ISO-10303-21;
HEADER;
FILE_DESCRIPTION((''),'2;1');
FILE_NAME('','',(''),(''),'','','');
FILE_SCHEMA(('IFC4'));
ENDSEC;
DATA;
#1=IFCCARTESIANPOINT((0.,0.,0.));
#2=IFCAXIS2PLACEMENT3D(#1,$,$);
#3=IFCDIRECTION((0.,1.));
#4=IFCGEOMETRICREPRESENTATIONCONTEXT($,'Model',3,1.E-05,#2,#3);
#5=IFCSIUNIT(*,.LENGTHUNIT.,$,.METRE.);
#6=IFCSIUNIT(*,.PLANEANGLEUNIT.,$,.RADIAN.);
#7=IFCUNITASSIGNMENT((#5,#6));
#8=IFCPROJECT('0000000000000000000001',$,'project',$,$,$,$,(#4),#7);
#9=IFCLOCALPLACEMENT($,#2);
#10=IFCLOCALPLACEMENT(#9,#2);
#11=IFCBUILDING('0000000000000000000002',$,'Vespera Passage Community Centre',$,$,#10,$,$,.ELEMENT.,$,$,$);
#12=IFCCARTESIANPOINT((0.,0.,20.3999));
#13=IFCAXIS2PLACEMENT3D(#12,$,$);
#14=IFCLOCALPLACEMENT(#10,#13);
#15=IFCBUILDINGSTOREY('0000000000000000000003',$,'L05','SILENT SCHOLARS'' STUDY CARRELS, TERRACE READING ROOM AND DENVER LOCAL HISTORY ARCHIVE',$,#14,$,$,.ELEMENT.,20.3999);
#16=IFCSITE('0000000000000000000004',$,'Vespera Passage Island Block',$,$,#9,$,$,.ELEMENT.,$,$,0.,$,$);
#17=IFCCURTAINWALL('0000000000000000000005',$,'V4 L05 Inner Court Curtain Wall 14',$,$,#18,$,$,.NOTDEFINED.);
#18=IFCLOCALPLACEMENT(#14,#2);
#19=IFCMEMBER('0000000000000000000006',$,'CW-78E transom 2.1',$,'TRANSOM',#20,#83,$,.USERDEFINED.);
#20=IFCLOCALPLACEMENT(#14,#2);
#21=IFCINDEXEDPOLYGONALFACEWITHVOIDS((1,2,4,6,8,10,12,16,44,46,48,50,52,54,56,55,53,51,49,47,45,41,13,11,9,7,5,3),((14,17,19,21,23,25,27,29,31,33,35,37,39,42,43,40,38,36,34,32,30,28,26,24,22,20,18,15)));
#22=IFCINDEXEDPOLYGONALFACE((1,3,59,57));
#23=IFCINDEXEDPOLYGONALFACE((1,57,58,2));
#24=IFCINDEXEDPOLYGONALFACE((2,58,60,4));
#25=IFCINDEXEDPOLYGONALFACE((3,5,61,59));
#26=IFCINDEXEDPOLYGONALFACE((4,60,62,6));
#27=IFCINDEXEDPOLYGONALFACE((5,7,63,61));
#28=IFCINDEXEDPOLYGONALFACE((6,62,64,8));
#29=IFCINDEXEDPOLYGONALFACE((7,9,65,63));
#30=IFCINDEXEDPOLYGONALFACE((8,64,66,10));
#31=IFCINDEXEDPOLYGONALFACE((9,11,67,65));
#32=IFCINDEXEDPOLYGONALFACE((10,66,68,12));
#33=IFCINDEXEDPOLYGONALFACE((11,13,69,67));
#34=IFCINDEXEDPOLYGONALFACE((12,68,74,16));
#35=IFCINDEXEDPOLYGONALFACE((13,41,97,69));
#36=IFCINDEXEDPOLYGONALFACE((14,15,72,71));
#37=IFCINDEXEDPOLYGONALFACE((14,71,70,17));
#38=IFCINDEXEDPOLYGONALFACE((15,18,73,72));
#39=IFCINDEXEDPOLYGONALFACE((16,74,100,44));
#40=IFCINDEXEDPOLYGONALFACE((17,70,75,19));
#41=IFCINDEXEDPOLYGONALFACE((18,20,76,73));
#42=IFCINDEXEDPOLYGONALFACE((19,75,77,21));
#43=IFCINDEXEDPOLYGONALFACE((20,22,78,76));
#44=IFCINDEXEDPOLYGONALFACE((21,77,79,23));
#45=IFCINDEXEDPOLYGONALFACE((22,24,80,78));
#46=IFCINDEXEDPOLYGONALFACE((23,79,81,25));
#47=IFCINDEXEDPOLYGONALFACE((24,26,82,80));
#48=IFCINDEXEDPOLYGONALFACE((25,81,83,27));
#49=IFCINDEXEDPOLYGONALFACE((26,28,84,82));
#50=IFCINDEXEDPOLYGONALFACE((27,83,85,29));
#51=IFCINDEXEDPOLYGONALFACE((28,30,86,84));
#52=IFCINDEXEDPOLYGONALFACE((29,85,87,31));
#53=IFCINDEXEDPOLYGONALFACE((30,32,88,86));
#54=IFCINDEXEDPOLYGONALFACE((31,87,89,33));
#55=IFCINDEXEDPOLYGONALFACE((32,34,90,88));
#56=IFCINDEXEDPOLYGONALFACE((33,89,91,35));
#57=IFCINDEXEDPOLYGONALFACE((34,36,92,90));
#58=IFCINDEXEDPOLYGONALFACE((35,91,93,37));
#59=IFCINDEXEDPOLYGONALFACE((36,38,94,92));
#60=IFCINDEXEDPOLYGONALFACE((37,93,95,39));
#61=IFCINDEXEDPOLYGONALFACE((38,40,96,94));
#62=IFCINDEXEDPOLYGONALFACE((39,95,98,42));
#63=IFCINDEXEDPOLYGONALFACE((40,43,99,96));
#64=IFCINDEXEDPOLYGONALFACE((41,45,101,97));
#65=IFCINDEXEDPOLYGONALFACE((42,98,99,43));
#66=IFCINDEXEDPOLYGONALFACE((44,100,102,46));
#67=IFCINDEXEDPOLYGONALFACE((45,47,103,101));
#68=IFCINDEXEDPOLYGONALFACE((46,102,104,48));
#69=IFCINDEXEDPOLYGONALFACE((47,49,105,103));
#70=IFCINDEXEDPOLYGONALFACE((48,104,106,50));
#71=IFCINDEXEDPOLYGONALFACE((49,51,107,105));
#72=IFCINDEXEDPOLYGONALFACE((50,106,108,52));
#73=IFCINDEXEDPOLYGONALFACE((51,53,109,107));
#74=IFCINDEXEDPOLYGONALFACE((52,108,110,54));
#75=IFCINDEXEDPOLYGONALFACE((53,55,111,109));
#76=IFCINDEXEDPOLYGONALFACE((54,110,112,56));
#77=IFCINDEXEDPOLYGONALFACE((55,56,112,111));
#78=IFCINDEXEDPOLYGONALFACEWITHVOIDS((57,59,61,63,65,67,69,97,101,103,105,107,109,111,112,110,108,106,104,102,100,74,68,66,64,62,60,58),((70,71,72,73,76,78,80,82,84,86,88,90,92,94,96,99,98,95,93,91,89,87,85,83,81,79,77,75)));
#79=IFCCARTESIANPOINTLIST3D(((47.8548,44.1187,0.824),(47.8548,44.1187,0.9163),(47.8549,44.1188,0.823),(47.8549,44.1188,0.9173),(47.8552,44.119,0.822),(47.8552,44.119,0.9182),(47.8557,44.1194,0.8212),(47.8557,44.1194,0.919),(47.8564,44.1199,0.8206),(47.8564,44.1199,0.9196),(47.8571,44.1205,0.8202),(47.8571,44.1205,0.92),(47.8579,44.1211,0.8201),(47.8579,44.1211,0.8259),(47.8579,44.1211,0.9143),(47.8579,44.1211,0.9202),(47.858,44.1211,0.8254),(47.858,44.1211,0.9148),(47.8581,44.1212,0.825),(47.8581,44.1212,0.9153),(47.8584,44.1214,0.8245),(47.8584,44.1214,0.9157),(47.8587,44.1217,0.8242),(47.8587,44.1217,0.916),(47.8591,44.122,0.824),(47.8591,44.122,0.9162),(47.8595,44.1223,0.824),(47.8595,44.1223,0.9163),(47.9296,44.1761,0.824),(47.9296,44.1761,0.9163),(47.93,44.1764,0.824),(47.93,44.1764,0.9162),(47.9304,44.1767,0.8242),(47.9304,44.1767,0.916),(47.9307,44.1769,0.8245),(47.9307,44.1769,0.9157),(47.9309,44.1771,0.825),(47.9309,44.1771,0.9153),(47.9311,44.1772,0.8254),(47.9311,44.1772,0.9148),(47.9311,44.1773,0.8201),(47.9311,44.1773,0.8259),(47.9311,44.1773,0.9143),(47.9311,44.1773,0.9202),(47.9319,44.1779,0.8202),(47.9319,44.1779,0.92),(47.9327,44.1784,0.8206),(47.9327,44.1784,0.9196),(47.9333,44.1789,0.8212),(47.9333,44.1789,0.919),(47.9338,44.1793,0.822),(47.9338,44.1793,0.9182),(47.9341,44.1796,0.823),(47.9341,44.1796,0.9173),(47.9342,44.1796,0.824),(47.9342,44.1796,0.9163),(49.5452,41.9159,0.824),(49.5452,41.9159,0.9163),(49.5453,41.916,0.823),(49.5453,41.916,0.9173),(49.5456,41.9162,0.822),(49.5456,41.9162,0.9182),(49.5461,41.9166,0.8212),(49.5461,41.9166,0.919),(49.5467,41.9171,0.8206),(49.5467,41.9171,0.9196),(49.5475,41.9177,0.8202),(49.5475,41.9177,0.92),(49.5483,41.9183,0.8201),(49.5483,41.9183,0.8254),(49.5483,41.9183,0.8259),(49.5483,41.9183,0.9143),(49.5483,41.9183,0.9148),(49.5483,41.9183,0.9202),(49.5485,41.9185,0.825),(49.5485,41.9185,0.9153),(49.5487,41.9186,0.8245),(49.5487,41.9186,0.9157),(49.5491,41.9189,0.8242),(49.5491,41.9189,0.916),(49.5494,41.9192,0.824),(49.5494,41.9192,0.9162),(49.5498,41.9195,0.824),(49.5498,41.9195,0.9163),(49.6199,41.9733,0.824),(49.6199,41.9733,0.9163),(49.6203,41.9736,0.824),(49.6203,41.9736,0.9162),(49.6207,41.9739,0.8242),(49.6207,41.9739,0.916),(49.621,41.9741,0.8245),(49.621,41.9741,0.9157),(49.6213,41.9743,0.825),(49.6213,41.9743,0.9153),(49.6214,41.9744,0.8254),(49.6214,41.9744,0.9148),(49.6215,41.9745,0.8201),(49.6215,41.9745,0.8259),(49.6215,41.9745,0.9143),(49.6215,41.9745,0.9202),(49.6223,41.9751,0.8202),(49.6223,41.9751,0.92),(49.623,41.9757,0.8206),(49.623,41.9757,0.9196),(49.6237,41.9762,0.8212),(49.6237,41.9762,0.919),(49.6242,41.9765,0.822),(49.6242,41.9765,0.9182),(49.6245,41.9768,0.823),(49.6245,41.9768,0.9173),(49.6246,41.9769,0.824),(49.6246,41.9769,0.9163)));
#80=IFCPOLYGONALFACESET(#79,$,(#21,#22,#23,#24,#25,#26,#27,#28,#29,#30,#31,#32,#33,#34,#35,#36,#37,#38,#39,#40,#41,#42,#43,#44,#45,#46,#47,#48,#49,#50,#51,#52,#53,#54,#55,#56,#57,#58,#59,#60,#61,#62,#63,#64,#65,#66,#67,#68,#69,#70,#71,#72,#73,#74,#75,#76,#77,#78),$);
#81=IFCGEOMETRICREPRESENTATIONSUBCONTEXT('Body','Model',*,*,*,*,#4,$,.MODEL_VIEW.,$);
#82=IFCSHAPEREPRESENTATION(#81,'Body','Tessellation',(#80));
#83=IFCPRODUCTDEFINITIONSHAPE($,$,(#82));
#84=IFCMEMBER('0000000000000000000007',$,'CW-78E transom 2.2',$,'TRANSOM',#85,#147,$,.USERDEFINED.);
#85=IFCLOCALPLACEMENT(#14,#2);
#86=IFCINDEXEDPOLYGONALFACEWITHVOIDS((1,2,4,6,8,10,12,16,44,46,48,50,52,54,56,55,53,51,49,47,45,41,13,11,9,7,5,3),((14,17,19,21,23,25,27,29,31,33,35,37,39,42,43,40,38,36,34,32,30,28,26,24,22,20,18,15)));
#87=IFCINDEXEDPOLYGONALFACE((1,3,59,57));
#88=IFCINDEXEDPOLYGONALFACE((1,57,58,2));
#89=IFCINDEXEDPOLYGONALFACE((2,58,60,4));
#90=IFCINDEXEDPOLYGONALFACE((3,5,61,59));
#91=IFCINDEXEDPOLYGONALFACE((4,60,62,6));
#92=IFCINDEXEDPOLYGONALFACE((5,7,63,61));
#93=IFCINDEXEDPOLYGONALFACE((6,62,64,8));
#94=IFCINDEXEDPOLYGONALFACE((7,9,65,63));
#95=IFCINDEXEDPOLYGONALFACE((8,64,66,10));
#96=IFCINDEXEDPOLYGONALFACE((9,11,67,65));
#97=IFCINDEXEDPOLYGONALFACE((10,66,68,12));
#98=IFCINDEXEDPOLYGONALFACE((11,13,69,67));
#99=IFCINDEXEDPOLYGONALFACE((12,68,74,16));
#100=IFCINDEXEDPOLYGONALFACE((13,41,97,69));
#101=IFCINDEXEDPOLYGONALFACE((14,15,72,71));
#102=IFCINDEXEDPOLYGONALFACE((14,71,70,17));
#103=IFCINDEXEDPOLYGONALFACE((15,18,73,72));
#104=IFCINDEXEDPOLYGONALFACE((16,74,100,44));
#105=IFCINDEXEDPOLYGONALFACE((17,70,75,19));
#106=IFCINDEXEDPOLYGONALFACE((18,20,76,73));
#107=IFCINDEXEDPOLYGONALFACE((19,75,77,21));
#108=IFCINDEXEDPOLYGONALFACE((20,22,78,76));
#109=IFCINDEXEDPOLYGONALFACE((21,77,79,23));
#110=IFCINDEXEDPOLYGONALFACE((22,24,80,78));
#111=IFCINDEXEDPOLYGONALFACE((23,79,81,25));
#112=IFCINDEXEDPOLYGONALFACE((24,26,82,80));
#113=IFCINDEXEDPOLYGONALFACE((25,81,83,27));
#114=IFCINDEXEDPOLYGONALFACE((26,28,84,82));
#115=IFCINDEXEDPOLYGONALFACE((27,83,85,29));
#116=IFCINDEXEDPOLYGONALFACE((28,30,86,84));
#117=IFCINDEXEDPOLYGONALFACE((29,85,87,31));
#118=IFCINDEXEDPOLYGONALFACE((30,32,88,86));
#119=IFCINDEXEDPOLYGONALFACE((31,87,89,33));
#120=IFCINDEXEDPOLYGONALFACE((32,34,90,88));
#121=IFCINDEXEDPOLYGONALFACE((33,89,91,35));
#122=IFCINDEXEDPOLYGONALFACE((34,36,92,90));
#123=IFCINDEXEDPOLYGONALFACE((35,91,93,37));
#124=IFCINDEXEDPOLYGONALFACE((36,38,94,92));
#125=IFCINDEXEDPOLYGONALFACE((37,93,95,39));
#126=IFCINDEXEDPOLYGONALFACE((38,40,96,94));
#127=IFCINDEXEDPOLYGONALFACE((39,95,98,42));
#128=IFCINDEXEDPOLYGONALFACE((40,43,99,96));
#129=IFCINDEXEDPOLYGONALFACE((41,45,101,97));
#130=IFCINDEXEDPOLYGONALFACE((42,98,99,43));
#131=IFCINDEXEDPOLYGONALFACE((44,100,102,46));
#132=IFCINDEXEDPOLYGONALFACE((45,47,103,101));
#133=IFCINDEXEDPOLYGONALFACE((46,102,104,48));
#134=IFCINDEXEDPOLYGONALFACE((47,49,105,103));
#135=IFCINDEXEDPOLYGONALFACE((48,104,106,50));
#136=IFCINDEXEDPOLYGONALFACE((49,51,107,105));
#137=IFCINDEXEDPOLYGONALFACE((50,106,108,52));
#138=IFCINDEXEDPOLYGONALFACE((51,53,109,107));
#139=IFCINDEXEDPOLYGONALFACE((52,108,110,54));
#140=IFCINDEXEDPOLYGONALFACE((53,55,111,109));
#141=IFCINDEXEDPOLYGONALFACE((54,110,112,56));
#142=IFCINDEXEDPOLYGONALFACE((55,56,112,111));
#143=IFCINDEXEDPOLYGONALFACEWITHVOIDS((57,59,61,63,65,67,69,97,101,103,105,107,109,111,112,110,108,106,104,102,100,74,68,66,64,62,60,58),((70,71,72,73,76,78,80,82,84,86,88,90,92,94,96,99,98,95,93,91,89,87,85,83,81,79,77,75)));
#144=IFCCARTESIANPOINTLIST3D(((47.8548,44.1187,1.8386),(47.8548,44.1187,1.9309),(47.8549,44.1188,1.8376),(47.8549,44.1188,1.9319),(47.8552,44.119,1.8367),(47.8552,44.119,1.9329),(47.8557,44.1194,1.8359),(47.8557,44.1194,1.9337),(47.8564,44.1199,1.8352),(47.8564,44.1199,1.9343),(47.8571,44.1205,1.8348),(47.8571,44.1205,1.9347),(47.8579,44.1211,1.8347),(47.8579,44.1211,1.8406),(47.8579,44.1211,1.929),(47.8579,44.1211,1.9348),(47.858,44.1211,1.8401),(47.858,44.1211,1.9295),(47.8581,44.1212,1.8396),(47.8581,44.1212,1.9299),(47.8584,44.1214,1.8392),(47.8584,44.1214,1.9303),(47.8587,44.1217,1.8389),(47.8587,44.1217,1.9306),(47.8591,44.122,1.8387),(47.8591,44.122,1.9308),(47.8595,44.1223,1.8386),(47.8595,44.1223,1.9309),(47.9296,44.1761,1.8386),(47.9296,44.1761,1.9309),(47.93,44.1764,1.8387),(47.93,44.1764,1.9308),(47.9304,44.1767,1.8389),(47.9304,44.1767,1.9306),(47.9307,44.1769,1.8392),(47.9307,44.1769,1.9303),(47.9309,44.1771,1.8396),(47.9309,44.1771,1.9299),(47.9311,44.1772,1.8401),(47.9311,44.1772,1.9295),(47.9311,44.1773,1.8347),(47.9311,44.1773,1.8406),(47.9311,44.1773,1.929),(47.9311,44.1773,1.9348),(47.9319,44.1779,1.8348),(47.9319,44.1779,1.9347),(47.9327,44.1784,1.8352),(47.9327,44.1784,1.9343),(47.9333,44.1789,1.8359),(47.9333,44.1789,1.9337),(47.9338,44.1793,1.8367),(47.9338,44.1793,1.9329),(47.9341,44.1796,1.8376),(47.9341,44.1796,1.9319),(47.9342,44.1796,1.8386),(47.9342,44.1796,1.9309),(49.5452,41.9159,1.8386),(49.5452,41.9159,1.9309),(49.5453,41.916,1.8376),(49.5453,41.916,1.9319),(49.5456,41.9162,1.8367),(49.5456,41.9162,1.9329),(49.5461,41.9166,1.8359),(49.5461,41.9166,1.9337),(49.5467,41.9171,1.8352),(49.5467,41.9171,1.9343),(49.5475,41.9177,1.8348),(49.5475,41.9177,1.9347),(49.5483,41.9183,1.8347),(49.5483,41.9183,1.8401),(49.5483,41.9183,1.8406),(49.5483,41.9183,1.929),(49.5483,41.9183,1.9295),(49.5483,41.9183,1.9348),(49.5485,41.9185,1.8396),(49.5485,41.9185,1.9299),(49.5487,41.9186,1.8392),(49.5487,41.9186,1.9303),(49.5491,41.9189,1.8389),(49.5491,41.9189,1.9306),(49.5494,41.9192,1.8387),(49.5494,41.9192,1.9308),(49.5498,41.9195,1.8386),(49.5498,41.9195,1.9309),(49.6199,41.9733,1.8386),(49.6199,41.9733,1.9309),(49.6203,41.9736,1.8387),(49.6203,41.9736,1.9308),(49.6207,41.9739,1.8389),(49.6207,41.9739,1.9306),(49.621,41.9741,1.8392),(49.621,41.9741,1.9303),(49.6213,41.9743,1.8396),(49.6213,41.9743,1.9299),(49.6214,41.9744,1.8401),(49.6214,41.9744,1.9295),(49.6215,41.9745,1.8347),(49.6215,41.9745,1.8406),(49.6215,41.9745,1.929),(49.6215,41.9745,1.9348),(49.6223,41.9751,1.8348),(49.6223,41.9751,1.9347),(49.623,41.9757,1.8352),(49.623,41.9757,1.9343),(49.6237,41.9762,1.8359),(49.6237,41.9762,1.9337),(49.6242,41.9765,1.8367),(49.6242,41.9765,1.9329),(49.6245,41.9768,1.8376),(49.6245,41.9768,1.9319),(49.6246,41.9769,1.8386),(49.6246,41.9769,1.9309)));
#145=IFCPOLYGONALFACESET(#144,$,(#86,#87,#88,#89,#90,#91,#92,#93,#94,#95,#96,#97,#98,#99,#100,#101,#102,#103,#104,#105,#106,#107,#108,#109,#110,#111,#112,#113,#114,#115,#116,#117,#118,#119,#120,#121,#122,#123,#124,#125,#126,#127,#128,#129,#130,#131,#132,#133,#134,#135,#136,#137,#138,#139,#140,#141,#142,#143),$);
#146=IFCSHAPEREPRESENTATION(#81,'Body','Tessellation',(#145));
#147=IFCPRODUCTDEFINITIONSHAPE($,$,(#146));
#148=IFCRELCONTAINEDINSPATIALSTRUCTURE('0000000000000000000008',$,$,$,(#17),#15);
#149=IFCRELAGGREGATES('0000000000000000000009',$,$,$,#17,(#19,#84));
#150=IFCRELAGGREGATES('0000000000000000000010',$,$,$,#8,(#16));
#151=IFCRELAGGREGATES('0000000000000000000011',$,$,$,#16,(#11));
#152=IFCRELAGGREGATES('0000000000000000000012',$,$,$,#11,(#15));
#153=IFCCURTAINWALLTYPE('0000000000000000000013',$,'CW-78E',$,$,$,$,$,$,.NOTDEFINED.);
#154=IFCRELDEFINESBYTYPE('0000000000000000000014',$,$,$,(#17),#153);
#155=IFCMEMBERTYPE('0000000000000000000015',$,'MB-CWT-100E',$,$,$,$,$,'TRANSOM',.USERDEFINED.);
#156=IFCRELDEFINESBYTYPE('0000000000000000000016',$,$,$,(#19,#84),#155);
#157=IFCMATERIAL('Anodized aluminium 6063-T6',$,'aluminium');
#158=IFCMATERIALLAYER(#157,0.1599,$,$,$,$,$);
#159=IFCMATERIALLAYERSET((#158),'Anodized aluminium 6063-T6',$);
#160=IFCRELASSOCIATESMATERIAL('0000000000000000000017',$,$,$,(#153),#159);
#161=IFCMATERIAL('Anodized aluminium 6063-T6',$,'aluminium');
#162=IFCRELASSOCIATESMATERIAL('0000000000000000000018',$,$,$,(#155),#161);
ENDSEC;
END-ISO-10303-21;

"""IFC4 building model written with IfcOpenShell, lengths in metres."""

from ifc_helpers import new_model, si_unit, direction, frame, origin, origin_2d, place, context, subcontext, project, spatial, hollow_rectangle, extrude, material, layer, layer_set, material_profile, profile_set, type_object, element, aggregate, save


model = new_model("IFC4")

# Units and contexts
model_context = context("Model", 3, precision=1e-05, world=origin(), true_north=direction((0.0, 1.0)))
body_context = subcontext(model_context, "Body", "Model", "MODEL_VIEW")
ifc_project = project(units=[si_unit("LENGTHUNIT", "METRE"), si_unit("PLANEANGLEUNIT", "RADIAN")], contexts=[model_context])

# Site, building, storey
site_placement = place(None, origin())
site = spatial("IfcSite", under=ifc_project, at=site_placement, Name="Vespera Passage Island Block", CompositionType="ELEMENT", RefElevation=0.0)
building_placement = place(site_placement, origin())
building = spatial("IfcBuilding", under=site, at=building_placement, Name="Vespera Passage Community Centre", CompositionType="ELEMENT")
storey_placement = place(building_placement, frame((0.0, 0.0, 20.3999)))
storey = spatial("IfcBuildingStorey", under=building, at=storey_placement, Name="L05", Description="SILENT SCHOLARS' STUDY CARRELS, TERRACE READING ROOM AND DENVER LOCAL HISTORY ARCHIVE", CompositionType="ELEMENT", Elevation=20.3999)

# Curtain wall
ifc_material_1 = material(Name="Anodized aluminium 6063-T6", Category="aluminium")
ifc_layer_1 = layer(ifc_material_1, 0.1599)
ifc_layer_set_1 = layer_set([ifc_layer_1], Name="Anodized aluminium 6063-T6")
curtain_wall_type_1 = type_object("IfcCurtainWallType", Name="CW-78E", PredefinedType="NOTDEFINED", material=ifc_layer_set_1)
curtain_wall_1_placement = place(storey_placement, origin())
curtain_wall_1 = element("IfcCurtainWall", 1, at=curtain_wall_1_placement, inside=storey, type_object=curtain_wall_type_1, Name="V4 L05 Inner Court Curtain Wall 14", PredefinedType="NOTDEFINED")

# Members
ifc_material_2 = material(Name="Anodized aluminium 6063-T6", Category="aluminium")
ifc_material_profile_1 = material_profile(ifc_material_2, hollow_rectangle(XDim=0.1001, YDim=0.1001, WallThickness=0.0039, InnerFilletRadius=0.002, OuterFilletRadius=0.0039, at=origin_2d()), Name="ALU100X100X4")
ifc_profile_set_1 = profile_set([ifc_material_profile_1], Name="Anodized aluminium 6063-T6")
member_type_1 = type_object("IfcMemberType", Name="MB-CWT-100E", ElementType="TRANSOM", PredefinedType="USERDEFINED", material=ifc_profile_set_1)
member_1_placement = place(storey_placement, frame((47.8945, 44.1492, 0.8701), z_axis=(0.608784, -0.793336, 0.0), x_axis=(0.793336, 0.608784, 0.0)))
member_1 = element("IfcMember", 2, at=member_1_placement, type_object=member_type_1, Name="CW-78E transom 2.1", ObjectType="TRANSOM", PredefinedType="USERDEFINED", context=body_context, shape_type="SweptSolid", body=[
    extrude(hollow_rectangle(XDim=0.1001, YDim=0.1001, WallThickness=0.0039, InnerFilletRadius=0.002, OuterFilletRadius=0.0039, at=origin_2d()), origin(), (0.0, 0.0, 1.0), 2.7766),
])
member_2_placement = place(storey_placement, frame((47.8945, 44.1492, 1.8848), z_axis=(0.608784, -0.793336, 0.0), x_axis=(0.793336, 0.608784, 0.0)))
member_2 = element("IfcMember", 3, at=member_2_placement, type_object=member_type_1, Name="CW-78E transom 2.2", ObjectType="TRANSOM", PredefinedType="USERDEFINED", context=body_context, shape_type="SweptSolid", body=[
    extrude(hollow_rectangle(XDim=0.1001, YDim=0.1001, WallThickness=0.0039, InnerFilletRadius=0.002, OuterFilletRadius=0.0039, at=origin_2d()), origin(), (0.0, 0.0, 1.0), 2.7766),
])

aggregate(curtain_wall_1, [member_1, member_2])

save(model, "model.ifc")
